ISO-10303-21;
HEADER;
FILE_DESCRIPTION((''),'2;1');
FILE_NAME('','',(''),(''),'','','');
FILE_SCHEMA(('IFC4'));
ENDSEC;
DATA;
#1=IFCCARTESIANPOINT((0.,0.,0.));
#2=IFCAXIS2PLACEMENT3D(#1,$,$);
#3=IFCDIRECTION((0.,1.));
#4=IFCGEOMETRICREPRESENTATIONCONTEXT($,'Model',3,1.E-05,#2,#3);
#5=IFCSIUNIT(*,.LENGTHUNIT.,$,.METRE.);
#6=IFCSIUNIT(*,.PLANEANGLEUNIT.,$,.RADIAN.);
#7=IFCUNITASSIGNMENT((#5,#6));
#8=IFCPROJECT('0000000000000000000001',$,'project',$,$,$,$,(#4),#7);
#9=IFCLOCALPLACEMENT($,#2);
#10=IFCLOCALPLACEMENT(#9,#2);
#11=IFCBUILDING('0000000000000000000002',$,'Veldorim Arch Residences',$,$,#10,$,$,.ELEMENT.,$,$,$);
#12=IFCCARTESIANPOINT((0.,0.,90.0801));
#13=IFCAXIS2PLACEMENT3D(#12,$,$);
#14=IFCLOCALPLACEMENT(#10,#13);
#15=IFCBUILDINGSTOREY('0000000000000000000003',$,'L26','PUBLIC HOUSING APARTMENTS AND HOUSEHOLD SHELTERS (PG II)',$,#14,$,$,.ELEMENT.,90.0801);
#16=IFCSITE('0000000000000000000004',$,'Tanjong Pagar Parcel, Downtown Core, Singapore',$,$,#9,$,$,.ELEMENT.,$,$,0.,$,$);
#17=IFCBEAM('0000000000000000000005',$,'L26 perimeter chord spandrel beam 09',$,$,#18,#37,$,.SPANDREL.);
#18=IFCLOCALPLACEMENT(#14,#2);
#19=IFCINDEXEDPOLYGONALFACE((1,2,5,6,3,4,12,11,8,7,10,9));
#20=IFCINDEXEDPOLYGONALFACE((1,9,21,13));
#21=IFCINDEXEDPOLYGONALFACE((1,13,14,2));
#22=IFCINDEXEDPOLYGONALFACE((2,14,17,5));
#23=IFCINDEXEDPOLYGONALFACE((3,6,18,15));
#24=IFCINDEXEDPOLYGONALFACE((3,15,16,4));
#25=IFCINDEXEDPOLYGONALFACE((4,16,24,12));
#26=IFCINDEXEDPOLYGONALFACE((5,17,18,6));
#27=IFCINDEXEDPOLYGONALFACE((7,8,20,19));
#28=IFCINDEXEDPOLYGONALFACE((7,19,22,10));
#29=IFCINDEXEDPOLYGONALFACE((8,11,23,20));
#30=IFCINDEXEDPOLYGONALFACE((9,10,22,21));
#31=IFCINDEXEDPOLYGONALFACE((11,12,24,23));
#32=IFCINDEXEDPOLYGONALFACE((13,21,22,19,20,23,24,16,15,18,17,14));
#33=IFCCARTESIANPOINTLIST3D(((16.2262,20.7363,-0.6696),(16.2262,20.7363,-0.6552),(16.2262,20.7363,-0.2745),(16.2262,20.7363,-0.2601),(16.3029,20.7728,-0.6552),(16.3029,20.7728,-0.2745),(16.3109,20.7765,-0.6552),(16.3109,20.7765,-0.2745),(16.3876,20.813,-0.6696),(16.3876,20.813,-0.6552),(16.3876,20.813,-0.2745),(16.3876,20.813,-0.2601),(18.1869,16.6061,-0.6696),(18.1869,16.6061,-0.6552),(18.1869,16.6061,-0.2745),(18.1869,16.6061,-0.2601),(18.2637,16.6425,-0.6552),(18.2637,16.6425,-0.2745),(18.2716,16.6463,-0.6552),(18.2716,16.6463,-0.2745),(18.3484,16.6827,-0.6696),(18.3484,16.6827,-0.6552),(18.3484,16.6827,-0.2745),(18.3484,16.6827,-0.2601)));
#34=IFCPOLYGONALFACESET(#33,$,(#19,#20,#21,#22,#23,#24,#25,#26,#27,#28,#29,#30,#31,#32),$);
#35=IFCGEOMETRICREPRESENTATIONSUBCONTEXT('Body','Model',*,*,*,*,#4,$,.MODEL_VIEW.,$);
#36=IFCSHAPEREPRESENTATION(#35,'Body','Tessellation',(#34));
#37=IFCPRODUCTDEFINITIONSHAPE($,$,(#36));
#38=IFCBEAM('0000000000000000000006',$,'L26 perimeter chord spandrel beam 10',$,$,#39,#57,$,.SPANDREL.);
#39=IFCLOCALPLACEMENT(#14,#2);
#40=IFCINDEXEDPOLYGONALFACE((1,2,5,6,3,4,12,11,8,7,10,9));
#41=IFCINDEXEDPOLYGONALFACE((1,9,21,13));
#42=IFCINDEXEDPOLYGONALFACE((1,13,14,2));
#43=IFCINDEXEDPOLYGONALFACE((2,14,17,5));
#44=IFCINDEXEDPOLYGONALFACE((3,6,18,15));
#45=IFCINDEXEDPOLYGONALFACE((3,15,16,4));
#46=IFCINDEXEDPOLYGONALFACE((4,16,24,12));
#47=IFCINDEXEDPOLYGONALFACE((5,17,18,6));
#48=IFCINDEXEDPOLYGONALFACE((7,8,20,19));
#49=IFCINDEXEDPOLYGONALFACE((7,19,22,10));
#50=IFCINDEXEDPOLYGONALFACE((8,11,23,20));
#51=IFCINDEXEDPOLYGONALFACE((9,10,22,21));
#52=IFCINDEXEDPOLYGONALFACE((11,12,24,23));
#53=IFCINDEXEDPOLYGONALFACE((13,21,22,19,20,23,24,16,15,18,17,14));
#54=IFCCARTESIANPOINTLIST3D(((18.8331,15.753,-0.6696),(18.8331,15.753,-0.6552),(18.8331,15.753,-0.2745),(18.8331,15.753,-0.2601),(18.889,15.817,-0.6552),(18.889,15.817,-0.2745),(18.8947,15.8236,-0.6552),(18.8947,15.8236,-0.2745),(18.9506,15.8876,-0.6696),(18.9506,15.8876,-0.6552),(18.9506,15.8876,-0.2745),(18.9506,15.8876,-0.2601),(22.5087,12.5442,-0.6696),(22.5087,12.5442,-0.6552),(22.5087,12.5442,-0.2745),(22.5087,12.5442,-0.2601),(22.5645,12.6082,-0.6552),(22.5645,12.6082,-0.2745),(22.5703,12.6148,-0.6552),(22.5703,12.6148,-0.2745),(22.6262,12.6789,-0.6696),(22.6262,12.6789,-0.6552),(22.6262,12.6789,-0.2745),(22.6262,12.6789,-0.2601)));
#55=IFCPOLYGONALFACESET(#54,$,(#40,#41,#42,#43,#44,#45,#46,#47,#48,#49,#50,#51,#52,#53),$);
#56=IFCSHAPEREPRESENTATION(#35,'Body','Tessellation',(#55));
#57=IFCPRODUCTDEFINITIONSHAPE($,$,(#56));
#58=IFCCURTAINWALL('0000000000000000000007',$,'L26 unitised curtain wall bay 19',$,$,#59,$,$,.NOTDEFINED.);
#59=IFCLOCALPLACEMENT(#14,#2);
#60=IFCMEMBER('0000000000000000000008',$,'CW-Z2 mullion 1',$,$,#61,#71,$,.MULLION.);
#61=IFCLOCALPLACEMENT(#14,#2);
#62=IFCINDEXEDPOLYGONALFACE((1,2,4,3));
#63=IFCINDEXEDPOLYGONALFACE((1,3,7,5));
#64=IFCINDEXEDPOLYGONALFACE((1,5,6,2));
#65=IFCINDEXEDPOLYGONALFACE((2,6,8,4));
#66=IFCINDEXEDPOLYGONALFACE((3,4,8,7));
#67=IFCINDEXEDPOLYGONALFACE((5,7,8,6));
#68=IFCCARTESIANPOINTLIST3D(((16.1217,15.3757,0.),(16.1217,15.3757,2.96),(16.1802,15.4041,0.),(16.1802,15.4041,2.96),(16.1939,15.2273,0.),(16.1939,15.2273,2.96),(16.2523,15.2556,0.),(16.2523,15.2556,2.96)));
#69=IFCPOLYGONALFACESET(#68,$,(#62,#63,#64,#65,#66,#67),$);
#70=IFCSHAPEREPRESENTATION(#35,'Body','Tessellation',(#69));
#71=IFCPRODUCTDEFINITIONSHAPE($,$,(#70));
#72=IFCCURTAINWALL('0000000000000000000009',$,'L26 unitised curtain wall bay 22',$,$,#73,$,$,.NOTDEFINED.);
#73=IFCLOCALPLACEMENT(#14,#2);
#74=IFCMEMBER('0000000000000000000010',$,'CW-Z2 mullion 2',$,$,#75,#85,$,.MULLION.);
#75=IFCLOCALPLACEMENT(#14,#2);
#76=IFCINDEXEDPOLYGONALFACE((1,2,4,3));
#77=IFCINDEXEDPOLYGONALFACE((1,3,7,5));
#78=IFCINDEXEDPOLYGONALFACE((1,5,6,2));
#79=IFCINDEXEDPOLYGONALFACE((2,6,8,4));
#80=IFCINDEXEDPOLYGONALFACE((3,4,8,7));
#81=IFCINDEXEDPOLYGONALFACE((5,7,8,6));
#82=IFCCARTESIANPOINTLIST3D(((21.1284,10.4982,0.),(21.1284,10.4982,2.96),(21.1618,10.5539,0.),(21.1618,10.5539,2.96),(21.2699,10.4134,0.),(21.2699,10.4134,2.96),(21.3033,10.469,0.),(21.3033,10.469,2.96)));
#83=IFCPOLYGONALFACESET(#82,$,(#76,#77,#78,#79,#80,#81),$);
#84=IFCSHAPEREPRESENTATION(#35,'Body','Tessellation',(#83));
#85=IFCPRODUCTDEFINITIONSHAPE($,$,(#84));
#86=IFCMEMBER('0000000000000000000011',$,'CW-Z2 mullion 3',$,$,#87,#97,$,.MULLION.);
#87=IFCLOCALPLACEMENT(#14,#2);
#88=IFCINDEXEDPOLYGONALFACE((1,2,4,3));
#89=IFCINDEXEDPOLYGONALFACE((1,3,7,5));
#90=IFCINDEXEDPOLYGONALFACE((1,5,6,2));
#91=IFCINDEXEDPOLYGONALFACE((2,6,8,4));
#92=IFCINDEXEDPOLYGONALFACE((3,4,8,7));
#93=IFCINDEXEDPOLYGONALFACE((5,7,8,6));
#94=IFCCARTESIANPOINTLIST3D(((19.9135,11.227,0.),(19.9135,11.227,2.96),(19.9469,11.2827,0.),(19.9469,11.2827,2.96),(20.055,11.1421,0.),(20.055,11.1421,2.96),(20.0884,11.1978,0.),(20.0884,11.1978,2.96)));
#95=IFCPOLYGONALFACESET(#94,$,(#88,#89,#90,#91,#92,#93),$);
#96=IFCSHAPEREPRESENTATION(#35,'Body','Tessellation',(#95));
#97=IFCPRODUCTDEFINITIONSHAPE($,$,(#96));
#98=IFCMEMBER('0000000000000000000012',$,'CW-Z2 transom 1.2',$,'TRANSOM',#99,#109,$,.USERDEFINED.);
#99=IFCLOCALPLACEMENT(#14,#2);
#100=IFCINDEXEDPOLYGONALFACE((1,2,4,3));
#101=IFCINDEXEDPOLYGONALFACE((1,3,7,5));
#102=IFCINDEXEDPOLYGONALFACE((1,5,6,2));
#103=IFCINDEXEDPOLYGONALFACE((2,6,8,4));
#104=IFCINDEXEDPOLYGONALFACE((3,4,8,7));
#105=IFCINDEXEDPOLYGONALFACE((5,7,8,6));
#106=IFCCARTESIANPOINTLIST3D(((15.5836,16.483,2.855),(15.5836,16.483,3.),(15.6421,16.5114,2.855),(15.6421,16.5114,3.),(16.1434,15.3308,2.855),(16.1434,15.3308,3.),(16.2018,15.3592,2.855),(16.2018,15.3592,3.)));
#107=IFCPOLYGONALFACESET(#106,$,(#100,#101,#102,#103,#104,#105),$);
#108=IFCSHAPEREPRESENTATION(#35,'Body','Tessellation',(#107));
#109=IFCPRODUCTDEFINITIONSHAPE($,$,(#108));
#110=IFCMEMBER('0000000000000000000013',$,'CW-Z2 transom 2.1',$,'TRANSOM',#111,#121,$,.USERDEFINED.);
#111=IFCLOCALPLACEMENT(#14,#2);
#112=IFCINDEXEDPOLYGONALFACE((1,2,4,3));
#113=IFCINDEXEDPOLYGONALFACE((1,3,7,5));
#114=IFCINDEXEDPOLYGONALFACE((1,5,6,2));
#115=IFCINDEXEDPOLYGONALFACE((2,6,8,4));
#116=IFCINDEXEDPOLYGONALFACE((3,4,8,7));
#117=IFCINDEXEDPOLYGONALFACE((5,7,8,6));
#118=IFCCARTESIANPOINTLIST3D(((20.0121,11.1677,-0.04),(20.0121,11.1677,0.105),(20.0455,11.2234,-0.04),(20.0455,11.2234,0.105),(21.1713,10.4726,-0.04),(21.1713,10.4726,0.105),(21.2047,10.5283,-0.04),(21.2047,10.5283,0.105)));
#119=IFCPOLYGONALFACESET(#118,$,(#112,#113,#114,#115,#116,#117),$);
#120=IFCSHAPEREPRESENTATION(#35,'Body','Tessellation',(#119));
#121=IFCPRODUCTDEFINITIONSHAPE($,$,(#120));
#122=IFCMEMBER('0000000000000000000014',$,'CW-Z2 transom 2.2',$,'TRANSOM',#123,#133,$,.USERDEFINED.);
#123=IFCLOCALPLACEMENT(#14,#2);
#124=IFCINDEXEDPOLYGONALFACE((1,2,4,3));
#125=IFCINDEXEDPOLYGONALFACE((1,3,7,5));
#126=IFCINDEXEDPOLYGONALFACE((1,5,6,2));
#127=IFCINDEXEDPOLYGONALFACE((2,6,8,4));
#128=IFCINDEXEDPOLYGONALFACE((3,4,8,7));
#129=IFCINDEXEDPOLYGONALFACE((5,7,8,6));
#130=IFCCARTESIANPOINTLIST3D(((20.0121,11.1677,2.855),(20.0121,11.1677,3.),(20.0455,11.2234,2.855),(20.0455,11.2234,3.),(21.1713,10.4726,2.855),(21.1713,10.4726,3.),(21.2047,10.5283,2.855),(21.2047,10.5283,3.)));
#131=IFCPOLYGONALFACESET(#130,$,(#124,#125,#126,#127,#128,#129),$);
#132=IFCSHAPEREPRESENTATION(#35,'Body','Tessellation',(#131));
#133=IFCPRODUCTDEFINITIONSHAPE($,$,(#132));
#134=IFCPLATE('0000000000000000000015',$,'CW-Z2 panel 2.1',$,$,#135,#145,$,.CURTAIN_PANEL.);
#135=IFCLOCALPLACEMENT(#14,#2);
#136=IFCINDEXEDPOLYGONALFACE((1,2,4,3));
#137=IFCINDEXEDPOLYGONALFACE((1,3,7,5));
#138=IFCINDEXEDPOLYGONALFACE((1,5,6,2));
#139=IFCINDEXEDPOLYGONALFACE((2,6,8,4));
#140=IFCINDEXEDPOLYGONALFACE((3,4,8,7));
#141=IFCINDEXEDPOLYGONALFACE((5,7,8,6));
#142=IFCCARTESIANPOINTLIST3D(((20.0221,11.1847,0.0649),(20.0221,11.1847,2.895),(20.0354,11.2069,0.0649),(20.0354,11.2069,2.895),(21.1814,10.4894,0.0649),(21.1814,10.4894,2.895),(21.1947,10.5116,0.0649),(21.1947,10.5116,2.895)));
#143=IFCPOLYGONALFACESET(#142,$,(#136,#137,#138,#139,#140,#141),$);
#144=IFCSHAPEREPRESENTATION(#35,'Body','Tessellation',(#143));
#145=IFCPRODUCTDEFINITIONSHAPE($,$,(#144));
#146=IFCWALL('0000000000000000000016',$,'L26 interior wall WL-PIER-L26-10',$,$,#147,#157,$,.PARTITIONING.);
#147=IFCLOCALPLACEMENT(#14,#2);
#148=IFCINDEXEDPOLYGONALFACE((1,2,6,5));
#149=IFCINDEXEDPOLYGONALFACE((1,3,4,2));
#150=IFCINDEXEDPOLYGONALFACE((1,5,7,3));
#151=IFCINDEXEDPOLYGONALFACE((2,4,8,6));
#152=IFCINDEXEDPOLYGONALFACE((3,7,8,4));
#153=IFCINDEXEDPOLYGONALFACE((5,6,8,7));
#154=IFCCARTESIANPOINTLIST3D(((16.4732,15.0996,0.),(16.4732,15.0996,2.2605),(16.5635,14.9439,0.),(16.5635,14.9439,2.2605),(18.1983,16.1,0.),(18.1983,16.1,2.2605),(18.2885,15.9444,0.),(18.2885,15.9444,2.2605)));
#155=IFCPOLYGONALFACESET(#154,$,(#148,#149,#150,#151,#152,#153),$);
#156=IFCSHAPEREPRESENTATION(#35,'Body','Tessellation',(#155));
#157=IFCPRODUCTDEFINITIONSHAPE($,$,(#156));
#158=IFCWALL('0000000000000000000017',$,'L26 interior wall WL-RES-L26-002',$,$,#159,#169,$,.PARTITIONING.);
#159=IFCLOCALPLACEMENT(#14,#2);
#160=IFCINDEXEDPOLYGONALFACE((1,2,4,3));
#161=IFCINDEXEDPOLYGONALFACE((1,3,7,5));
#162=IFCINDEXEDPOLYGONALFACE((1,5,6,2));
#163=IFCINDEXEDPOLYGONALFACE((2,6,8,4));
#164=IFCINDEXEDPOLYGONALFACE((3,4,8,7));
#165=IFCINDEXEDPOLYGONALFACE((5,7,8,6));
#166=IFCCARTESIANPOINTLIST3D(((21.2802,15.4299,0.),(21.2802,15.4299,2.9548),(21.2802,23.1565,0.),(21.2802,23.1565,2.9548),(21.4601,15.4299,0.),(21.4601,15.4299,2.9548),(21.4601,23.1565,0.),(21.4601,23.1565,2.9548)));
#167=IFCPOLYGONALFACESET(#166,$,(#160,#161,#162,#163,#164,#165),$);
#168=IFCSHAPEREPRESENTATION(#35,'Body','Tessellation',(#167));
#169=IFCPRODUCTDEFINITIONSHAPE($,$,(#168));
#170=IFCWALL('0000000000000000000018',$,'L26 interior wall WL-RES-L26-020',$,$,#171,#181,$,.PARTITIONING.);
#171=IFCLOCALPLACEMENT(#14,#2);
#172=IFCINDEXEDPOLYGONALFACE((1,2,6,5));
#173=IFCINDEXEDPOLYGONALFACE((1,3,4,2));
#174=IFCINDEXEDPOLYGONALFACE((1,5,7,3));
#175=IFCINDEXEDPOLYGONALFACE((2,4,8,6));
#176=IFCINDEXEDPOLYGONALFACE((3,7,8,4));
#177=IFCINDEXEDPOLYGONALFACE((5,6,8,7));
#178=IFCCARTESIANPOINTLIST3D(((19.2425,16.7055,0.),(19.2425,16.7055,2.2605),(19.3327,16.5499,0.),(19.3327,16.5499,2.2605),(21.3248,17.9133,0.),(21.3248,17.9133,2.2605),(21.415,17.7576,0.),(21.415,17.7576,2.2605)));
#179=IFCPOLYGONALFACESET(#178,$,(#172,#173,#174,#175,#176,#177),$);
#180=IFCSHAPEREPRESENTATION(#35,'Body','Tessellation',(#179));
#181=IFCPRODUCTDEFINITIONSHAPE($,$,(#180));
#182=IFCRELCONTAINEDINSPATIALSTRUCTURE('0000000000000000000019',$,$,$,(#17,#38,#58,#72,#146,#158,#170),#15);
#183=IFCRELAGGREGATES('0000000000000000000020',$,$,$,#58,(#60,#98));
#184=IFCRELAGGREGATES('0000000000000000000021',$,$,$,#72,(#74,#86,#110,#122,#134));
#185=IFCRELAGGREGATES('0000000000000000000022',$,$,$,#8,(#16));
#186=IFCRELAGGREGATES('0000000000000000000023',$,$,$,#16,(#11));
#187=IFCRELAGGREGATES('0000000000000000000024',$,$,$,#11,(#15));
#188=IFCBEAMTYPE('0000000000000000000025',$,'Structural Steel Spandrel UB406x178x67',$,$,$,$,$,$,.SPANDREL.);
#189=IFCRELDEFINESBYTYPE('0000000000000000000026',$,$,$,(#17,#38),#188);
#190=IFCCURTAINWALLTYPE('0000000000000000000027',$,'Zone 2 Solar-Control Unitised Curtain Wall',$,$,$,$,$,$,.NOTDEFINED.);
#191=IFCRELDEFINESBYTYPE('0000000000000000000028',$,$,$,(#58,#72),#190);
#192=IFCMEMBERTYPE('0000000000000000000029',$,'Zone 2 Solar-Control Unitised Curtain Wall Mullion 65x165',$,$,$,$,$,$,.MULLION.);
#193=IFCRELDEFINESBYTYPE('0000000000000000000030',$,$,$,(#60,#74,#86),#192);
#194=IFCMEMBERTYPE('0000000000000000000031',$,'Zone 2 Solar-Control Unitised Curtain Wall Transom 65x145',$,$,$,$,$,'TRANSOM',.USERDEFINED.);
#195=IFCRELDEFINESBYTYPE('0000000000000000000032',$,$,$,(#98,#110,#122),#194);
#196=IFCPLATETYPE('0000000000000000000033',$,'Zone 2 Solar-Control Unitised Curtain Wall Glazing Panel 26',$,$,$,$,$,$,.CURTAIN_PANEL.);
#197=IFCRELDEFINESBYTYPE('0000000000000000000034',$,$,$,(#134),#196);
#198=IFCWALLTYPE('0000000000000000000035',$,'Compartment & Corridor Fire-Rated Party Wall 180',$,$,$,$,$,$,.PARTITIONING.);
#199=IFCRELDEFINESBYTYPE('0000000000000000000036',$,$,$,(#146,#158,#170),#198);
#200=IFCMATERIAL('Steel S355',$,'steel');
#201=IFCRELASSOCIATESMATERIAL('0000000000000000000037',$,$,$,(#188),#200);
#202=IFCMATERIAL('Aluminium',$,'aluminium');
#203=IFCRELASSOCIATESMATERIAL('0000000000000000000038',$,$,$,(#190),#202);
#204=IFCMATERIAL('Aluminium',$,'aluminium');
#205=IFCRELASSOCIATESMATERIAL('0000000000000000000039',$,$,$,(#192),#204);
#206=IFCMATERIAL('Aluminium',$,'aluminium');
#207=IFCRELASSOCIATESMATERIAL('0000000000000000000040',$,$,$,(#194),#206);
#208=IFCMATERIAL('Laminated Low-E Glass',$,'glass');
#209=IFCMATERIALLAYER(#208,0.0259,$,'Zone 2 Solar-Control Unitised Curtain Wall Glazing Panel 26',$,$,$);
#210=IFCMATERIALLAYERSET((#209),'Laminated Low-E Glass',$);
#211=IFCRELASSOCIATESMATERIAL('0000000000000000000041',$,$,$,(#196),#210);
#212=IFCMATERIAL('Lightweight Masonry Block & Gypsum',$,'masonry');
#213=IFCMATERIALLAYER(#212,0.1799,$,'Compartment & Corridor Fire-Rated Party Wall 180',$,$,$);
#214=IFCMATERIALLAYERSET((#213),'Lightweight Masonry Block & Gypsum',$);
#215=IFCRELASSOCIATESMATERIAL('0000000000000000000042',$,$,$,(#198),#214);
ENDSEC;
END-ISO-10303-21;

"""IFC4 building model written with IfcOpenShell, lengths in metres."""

from ifc_helpers import new_model, si_unit, direction, frame, frame_2d, origin, origin_2d, place, context, subcontext, project, spatial, rectangle, i_section, extrude, material, layer, layer_set, material_profile, profile_set, type_object, element, aggregate, save


model = new_model("IFC4")

# Units and contexts
model_context = context("Model", 3, precision=1e-05, world=origin(), true_north=direction((0.0, 1.0)))
body_context = subcontext(model_context, "Body", "Model", "MODEL_VIEW")
ifc_project = project(units=[si_unit("LENGTHUNIT", "METRE"), si_unit("PLANEANGLEUNIT", "RADIAN")], contexts=[model_context])

# Site, building, storey
site_placement = place(None, origin())
site = spatial("IfcSite", under=ifc_project, at=site_placement, Name="Tanjong Pagar Parcel, Downtown Core, Singapore", CompositionType="ELEMENT", RefElevation=0.0)
building_placement = place(site_placement, origin())
building = spatial("IfcBuilding", under=site, at=building_placement, Name="Veldorim Arch Residences", CompositionType="ELEMENT")
storey_placement = place(building_placement, frame((0.0, 0.0, 90.0801)))
storey = spatial("IfcBuildingStorey", under=building, at=storey_placement, Name="L26", Description="PUBLIC HOUSING APARTMENTS AND HOUSEHOLD SHELTERS (PG II)", CompositionType="ELEMENT", Elevation=90.0801)

# Beams
ifc_material_1 = material(Name="Steel S355", Category="steel")
ifc_material_profile_1 = material_profile(ifc_material_1, i_section(OverallWidth=0.1787, OverallDepth=0.4094, WebThickness=0.0088, FlangeThickness=0.0144, at=origin_2d()), Name="UB406x178x67")
ifc_profile_set_1 = profile_set([ifc_material_profile_1], Name="Steel S355")
beam_type_1 = type_object("IfcBeamType", Name="Structural Steel Spandrel UB406x178x67", PredefinedType="SPANDREL", material=ifc_profile_set_1)
beam_1_placement = place(storey_placement, frame((16.3069, 20.7747, -0.4648), z_axis=(0.428857, -0.903372, 0.0), x_axis=(0.903372, 0.428857, 0.0)))
element("IfcBeam", 1, at=beam_1_placement, inside=storey, type_object=beam_type_1, Name="L26 perimeter chord spandrel beam 09", PredefinedType="SPANDREL", context=body_context, shape_type="SweptSolid", body=[
    extrude(i_section(OverallWidth=0.1787, OverallDepth=0.4094, WebThickness=0.0088, FlangeThickness=0.0144, at=origin_2d()), origin(), (0.0, 0.0, 1.0), 4.572),
])
beam_2_placement = place(storey_placement, frame((18.8918, 15.8203, -0.4648), z_axis=(0.753323, -0.65765, 0.0), x_axis=(0.65765, 0.753323, 0.0)))
element("IfcBeam", 2, at=beam_2_placement, inside=storey, type_object=beam_type_1, Name="L26 perimeter chord spandrel beam 10", PredefinedType="SPANDREL", context=body_context, shape_type="SweptSolid", body=[
    extrude(i_section(OverallWidth=0.1787, OverallDepth=0.4094, WebThickness=0.0088, FlangeThickness=0.0144, at=origin_2d()), origin(), (0.0, 0.0, 1.0), 4.8792),
])

# Curtain wall, member
ifc_material_2 = material(Name="Aluminium", Category="aluminium")
curtain_wall_type = type_object("IfcCurtainWallType", Name="Zone 2 Solar-Control Unitised Curtain Wall", PredefinedType="NOTDEFINED", material=ifc_material_2)
curtain_wall_1_placement = place(storey_placement, origin())
curtain_wall_1 = element("IfcCurtainWall", 3, at=curtain_wall_1_placement, inside=storey, type_object=curtain_wall_type, Name="L26 unitised curtain wall bay 19", PredefinedType="NOTDEFINED")
ifc_material_3 = material(Name="Aluminium", Category="aluminium")
ifc_material_profile_2 = material_profile(ifc_material_3, rectangle(XDim=0.0649, YDim=0.165, at=origin_2d()), Name="ALU_MUL_65x165")
ifc_profile_set_2 = profile_set([ifc_material_profile_2], Name="Aluminium")
member_type_1 = type_object("IfcMemberType", Name="Zone 2 Solar-Control Unitised Curtain Wall Mullion 65x165", PredefinedType="MULLION", material=ifc_profile_set_2)
member_1_placement = place(storey_placement, frame((16.187, 15.3157, 0.0), z_axis=(0.0, 0.0, 1.0), x_axis=(-0.899439, -0.437046, 0.0)))
member_1 = element("IfcMember", 4, at=member_1_placement, type_object=member_type_1, Name="CW-Z2 mullion 1", PredefinedType="MULLION", context=body_context, shape_type="SweptSolid", body=[
    extrude(rectangle(XDim=0.0649, YDim=0.165, at=origin_2d()), origin(), (0.0, 0.0, 1.0), 2.96),
])

# Curtain wall, members
curtain_wall_2_placement = place(storey_placement, origin())
curtain_wall_2 = element("IfcCurtainWall", 5, at=curtain_wall_2_placement, inside=storey, type_object=curtain_wall_type, Name="L26 unitised curtain wall bay 22", PredefinedType="NOTDEFINED")
member_2_placement = place(storey_placement, frame((21.2158, 10.4836, 0.0), z_axis=(0.0, 0.0, 1.0), x_axis=(-0.514313, -0.857602, 0.0)))
member_2 = element("IfcMember", 6, at=member_2_placement, type_object=member_type_1, Name="CW-Z2 mullion 2", PredefinedType="MULLION", context=body_context, shape_type="SweptSolid", body=[
    extrude(rectangle(XDim=0.0649, YDim=0.165, at=origin_2d()), origin(), (0.0, 0.0, 1.0), 2.96),
])
member_3_placement = place(storey_placement, frame((20.001, 11.2124, 0.0), z_axis=(0.0, 0.0, 1.0), x_axis=(-0.514313, -0.857602, 0.0)))
member_3 = element("IfcMember", 7, at=member_3_placement, type_object=member_type_1, Name="CW-Z2 mullion 3", PredefinedType="MULLION", context=body_context, shape_type="SweptSolid", body=[
    extrude(rectangle(XDim=0.0649, YDim=0.165, at=origin_2d()), origin(), (0.0, 0.0, 1.0), 2.96),
])

# Members
ifc_material_4 = material(Name="Aluminium", Category="aluminium")
ifc_material_profile_3 = material_profile(ifc_material_4, rectangle(XDim=0.0649, YDim=0.145, at=origin_2d()), Name="ALU_TRN_65x145")
ifc_profile_set_3 = profile_set([ifc_material_profile_3], Name="Aluminium")
member_type_2 = type_object("IfcMemberType", Name="Zone 2 Solar-Control Unitised Curtain Wall Transom 65x145", ElementType="TRANSOM", PredefinedType="USERDEFINED", material=ifc_profile_set_3)
member_4_placement = place(storey_placement, frame((16.1726, 15.345, 2.9275), z_axis=(-0.43697, 0.899476, 0.0), x_axis=(-0.899476, -0.43697, 0.0)))
member_4 = element("IfcMember", 8, at=member_4_placement, type_object=member_type_2, Name="CW-Z2 transom 1.2", ObjectType="TRANSOM", PredefinedType="USERDEFINED", context=body_context, shape_type="SweptSolid", body=[
    extrude(rectangle(XDim=0.0649, YDim=0.145, at=origin_2d()), origin(), (0.0, 0.0, 1.0), 1.281),
])
aggregate(curtain_wall_1, [member_1, member_4])
member_5_placement = place(storey_placement, frame((21.188, 10.5005, 0.0325), z_axis=(-0.857636, 0.514257, 0.0), x_axis=(-0.514257, -0.857636, 0.0)))
member_5 = element("IfcMember", 9, at=member_5_placement, type_object=member_type_2, Name="CW-Z2 transom 2.1", ObjectType="TRANSOM", PredefinedType="USERDEFINED", context=body_context, shape_type="SweptSolid", body=[
    extrude(rectangle(XDim=0.0649, YDim=0.145, at=origin_2d()), origin(), (0.0, 0.0, 1.0), 1.3516),
])
member_6_placement = place(storey_placement, frame((21.188, 10.5005, 2.9275), z_axis=(-0.857636, 0.514257, 0.0), x_axis=(-0.514257, -0.857636, 0.0)))
member_6 = element("IfcMember", 10, at=member_6_placement, type_object=member_type_2, Name="CW-Z2 transom 2.2", ObjectType="TRANSOM", PredefinedType="USERDEFINED", context=body_context, shape_type="SweptSolid", body=[
    extrude(rectangle(XDim=0.0649, YDim=0.145, at=origin_2d()), origin(), (0.0, 0.0, 1.0), 1.3516),
])

# Plate
ifc_material_5 = material(Name="Laminated Low-E Glass", Category="glass")
ifc_layer_1 = layer(ifc_material_5, 0.0259, Name="Zone 2 Solar-Control Unitised Curtain Wall Glazing Panel 26")
ifc_layer_set_1 = layer_set([ifc_layer_1], Name="Laminated Low-E Glass")
plate_type = type_object("IfcPlateType", Name="Zone 2 Solar-Control Unitised Curtain Wall Glazing Panel 26", PredefinedType="CURTAIN_PANEL", material=ifc_layer_set_1)
plate_placement = place(storey_placement, frame((20.6084, 10.8481, 0.0649), z_axis=(0.0, 0.0, 1.0), x_axis=(-0.857602, 0.514313, 0.0)))
plate = element("IfcPlate", 11, at=plate_placement, type_object=plate_type, Name="CW-Z2 panel 2.1", PredefinedType="CURTAIN_PANEL", context=body_context, shape_type="SweptSolid", body=[
    extrude(rectangle(XDim=1.3518, YDim=0.0259, at=origin_2d()), origin(), (0.0, 0.0, 1.0), 2.8301),
])
aggregate(curtain_wall_2, [member_2, member_3, member_5, member_6, plate])

# Walls
ifc_material_6 = material(Name="Lightweight Masonry Block & Gypsum", Category="masonry")
ifc_layer_2 = layer(ifc_material_6, 0.1799, Name="Compartment & Corridor Fire-Rated Party Wall 180")
ifc_layer_set_2 = layer_set([ifc_layer_2], Name="Lightweight Masonry Block & Gypsum")
wall_type_1 = type_object("IfcWallType", Name="Compartment & Corridor Fire-Rated Party Wall 180", PredefinedType="PARTITIONING", material=ifc_layer_set_2)
wall_1_placement = place(storey_placement, frame((18.2434, 16.0222, 0.0), z_axis=(0.0, 0.0, 1.0), x_axis=(-0.865046, -0.501692, 0.0)))
element("IfcWall", 12, at=wall_1_placement, inside=storey, type_object=wall_type_1, Name="L26 interior wall WL-PIER-L26-10", PredefinedType="PARTITIONING", context=body_context, shape_type="SweptSolid", body=[
    extrude(rectangle(XDim=1.9941, YDim=0.1799, at=frame_2d((0.9971, 0.0))), origin(), (0.0, 0.0, 1.0), 2.2605),
])
wall_2_placement = place(storey_placement, frame((21.3701, 15.4299, 0.0), z_axis=(0.0, 0.0, 1.0), x_axis=(0.0, 1.0, 0.0)))
element("IfcWall", 13, at=wall_2_placement, inside=storey, type_object=wall_type_1, Name="L26 interior wall WL-RES-L26-002", PredefinedType="PARTITIONING", context=body_context, shape_type="SweptSolid", body=[
    extrude(rectangle(XDim=7.7266, YDim=0.1799, at=frame_2d((3.8633, 0.0))), origin(), (0.0, 0.0, 1.0), 2.9548),
])
wall_3_placement = place(storey_placement, frame((19.2876, 16.6277, 0.0), z_axis=(0.0, 0.0, 1.0), x_axis=(0.865023, 0.501732, 0.0)))
element("IfcWall", 14, at=wall_3_placement, inside=storey, type_object=wall_type_1, Name="L26 interior wall WL-RES-L26-020", PredefinedType="PARTITIONING", context=body_context, shape_type="SweptSolid", body=[
    extrude(rectangle(XDim=2.4072, YDim=0.1799, at=frame_2d((1.2036, 0.0))), origin(), (0.0, 0.0, 1.0), 2.2605),
])

save(model, "model.ifc")
